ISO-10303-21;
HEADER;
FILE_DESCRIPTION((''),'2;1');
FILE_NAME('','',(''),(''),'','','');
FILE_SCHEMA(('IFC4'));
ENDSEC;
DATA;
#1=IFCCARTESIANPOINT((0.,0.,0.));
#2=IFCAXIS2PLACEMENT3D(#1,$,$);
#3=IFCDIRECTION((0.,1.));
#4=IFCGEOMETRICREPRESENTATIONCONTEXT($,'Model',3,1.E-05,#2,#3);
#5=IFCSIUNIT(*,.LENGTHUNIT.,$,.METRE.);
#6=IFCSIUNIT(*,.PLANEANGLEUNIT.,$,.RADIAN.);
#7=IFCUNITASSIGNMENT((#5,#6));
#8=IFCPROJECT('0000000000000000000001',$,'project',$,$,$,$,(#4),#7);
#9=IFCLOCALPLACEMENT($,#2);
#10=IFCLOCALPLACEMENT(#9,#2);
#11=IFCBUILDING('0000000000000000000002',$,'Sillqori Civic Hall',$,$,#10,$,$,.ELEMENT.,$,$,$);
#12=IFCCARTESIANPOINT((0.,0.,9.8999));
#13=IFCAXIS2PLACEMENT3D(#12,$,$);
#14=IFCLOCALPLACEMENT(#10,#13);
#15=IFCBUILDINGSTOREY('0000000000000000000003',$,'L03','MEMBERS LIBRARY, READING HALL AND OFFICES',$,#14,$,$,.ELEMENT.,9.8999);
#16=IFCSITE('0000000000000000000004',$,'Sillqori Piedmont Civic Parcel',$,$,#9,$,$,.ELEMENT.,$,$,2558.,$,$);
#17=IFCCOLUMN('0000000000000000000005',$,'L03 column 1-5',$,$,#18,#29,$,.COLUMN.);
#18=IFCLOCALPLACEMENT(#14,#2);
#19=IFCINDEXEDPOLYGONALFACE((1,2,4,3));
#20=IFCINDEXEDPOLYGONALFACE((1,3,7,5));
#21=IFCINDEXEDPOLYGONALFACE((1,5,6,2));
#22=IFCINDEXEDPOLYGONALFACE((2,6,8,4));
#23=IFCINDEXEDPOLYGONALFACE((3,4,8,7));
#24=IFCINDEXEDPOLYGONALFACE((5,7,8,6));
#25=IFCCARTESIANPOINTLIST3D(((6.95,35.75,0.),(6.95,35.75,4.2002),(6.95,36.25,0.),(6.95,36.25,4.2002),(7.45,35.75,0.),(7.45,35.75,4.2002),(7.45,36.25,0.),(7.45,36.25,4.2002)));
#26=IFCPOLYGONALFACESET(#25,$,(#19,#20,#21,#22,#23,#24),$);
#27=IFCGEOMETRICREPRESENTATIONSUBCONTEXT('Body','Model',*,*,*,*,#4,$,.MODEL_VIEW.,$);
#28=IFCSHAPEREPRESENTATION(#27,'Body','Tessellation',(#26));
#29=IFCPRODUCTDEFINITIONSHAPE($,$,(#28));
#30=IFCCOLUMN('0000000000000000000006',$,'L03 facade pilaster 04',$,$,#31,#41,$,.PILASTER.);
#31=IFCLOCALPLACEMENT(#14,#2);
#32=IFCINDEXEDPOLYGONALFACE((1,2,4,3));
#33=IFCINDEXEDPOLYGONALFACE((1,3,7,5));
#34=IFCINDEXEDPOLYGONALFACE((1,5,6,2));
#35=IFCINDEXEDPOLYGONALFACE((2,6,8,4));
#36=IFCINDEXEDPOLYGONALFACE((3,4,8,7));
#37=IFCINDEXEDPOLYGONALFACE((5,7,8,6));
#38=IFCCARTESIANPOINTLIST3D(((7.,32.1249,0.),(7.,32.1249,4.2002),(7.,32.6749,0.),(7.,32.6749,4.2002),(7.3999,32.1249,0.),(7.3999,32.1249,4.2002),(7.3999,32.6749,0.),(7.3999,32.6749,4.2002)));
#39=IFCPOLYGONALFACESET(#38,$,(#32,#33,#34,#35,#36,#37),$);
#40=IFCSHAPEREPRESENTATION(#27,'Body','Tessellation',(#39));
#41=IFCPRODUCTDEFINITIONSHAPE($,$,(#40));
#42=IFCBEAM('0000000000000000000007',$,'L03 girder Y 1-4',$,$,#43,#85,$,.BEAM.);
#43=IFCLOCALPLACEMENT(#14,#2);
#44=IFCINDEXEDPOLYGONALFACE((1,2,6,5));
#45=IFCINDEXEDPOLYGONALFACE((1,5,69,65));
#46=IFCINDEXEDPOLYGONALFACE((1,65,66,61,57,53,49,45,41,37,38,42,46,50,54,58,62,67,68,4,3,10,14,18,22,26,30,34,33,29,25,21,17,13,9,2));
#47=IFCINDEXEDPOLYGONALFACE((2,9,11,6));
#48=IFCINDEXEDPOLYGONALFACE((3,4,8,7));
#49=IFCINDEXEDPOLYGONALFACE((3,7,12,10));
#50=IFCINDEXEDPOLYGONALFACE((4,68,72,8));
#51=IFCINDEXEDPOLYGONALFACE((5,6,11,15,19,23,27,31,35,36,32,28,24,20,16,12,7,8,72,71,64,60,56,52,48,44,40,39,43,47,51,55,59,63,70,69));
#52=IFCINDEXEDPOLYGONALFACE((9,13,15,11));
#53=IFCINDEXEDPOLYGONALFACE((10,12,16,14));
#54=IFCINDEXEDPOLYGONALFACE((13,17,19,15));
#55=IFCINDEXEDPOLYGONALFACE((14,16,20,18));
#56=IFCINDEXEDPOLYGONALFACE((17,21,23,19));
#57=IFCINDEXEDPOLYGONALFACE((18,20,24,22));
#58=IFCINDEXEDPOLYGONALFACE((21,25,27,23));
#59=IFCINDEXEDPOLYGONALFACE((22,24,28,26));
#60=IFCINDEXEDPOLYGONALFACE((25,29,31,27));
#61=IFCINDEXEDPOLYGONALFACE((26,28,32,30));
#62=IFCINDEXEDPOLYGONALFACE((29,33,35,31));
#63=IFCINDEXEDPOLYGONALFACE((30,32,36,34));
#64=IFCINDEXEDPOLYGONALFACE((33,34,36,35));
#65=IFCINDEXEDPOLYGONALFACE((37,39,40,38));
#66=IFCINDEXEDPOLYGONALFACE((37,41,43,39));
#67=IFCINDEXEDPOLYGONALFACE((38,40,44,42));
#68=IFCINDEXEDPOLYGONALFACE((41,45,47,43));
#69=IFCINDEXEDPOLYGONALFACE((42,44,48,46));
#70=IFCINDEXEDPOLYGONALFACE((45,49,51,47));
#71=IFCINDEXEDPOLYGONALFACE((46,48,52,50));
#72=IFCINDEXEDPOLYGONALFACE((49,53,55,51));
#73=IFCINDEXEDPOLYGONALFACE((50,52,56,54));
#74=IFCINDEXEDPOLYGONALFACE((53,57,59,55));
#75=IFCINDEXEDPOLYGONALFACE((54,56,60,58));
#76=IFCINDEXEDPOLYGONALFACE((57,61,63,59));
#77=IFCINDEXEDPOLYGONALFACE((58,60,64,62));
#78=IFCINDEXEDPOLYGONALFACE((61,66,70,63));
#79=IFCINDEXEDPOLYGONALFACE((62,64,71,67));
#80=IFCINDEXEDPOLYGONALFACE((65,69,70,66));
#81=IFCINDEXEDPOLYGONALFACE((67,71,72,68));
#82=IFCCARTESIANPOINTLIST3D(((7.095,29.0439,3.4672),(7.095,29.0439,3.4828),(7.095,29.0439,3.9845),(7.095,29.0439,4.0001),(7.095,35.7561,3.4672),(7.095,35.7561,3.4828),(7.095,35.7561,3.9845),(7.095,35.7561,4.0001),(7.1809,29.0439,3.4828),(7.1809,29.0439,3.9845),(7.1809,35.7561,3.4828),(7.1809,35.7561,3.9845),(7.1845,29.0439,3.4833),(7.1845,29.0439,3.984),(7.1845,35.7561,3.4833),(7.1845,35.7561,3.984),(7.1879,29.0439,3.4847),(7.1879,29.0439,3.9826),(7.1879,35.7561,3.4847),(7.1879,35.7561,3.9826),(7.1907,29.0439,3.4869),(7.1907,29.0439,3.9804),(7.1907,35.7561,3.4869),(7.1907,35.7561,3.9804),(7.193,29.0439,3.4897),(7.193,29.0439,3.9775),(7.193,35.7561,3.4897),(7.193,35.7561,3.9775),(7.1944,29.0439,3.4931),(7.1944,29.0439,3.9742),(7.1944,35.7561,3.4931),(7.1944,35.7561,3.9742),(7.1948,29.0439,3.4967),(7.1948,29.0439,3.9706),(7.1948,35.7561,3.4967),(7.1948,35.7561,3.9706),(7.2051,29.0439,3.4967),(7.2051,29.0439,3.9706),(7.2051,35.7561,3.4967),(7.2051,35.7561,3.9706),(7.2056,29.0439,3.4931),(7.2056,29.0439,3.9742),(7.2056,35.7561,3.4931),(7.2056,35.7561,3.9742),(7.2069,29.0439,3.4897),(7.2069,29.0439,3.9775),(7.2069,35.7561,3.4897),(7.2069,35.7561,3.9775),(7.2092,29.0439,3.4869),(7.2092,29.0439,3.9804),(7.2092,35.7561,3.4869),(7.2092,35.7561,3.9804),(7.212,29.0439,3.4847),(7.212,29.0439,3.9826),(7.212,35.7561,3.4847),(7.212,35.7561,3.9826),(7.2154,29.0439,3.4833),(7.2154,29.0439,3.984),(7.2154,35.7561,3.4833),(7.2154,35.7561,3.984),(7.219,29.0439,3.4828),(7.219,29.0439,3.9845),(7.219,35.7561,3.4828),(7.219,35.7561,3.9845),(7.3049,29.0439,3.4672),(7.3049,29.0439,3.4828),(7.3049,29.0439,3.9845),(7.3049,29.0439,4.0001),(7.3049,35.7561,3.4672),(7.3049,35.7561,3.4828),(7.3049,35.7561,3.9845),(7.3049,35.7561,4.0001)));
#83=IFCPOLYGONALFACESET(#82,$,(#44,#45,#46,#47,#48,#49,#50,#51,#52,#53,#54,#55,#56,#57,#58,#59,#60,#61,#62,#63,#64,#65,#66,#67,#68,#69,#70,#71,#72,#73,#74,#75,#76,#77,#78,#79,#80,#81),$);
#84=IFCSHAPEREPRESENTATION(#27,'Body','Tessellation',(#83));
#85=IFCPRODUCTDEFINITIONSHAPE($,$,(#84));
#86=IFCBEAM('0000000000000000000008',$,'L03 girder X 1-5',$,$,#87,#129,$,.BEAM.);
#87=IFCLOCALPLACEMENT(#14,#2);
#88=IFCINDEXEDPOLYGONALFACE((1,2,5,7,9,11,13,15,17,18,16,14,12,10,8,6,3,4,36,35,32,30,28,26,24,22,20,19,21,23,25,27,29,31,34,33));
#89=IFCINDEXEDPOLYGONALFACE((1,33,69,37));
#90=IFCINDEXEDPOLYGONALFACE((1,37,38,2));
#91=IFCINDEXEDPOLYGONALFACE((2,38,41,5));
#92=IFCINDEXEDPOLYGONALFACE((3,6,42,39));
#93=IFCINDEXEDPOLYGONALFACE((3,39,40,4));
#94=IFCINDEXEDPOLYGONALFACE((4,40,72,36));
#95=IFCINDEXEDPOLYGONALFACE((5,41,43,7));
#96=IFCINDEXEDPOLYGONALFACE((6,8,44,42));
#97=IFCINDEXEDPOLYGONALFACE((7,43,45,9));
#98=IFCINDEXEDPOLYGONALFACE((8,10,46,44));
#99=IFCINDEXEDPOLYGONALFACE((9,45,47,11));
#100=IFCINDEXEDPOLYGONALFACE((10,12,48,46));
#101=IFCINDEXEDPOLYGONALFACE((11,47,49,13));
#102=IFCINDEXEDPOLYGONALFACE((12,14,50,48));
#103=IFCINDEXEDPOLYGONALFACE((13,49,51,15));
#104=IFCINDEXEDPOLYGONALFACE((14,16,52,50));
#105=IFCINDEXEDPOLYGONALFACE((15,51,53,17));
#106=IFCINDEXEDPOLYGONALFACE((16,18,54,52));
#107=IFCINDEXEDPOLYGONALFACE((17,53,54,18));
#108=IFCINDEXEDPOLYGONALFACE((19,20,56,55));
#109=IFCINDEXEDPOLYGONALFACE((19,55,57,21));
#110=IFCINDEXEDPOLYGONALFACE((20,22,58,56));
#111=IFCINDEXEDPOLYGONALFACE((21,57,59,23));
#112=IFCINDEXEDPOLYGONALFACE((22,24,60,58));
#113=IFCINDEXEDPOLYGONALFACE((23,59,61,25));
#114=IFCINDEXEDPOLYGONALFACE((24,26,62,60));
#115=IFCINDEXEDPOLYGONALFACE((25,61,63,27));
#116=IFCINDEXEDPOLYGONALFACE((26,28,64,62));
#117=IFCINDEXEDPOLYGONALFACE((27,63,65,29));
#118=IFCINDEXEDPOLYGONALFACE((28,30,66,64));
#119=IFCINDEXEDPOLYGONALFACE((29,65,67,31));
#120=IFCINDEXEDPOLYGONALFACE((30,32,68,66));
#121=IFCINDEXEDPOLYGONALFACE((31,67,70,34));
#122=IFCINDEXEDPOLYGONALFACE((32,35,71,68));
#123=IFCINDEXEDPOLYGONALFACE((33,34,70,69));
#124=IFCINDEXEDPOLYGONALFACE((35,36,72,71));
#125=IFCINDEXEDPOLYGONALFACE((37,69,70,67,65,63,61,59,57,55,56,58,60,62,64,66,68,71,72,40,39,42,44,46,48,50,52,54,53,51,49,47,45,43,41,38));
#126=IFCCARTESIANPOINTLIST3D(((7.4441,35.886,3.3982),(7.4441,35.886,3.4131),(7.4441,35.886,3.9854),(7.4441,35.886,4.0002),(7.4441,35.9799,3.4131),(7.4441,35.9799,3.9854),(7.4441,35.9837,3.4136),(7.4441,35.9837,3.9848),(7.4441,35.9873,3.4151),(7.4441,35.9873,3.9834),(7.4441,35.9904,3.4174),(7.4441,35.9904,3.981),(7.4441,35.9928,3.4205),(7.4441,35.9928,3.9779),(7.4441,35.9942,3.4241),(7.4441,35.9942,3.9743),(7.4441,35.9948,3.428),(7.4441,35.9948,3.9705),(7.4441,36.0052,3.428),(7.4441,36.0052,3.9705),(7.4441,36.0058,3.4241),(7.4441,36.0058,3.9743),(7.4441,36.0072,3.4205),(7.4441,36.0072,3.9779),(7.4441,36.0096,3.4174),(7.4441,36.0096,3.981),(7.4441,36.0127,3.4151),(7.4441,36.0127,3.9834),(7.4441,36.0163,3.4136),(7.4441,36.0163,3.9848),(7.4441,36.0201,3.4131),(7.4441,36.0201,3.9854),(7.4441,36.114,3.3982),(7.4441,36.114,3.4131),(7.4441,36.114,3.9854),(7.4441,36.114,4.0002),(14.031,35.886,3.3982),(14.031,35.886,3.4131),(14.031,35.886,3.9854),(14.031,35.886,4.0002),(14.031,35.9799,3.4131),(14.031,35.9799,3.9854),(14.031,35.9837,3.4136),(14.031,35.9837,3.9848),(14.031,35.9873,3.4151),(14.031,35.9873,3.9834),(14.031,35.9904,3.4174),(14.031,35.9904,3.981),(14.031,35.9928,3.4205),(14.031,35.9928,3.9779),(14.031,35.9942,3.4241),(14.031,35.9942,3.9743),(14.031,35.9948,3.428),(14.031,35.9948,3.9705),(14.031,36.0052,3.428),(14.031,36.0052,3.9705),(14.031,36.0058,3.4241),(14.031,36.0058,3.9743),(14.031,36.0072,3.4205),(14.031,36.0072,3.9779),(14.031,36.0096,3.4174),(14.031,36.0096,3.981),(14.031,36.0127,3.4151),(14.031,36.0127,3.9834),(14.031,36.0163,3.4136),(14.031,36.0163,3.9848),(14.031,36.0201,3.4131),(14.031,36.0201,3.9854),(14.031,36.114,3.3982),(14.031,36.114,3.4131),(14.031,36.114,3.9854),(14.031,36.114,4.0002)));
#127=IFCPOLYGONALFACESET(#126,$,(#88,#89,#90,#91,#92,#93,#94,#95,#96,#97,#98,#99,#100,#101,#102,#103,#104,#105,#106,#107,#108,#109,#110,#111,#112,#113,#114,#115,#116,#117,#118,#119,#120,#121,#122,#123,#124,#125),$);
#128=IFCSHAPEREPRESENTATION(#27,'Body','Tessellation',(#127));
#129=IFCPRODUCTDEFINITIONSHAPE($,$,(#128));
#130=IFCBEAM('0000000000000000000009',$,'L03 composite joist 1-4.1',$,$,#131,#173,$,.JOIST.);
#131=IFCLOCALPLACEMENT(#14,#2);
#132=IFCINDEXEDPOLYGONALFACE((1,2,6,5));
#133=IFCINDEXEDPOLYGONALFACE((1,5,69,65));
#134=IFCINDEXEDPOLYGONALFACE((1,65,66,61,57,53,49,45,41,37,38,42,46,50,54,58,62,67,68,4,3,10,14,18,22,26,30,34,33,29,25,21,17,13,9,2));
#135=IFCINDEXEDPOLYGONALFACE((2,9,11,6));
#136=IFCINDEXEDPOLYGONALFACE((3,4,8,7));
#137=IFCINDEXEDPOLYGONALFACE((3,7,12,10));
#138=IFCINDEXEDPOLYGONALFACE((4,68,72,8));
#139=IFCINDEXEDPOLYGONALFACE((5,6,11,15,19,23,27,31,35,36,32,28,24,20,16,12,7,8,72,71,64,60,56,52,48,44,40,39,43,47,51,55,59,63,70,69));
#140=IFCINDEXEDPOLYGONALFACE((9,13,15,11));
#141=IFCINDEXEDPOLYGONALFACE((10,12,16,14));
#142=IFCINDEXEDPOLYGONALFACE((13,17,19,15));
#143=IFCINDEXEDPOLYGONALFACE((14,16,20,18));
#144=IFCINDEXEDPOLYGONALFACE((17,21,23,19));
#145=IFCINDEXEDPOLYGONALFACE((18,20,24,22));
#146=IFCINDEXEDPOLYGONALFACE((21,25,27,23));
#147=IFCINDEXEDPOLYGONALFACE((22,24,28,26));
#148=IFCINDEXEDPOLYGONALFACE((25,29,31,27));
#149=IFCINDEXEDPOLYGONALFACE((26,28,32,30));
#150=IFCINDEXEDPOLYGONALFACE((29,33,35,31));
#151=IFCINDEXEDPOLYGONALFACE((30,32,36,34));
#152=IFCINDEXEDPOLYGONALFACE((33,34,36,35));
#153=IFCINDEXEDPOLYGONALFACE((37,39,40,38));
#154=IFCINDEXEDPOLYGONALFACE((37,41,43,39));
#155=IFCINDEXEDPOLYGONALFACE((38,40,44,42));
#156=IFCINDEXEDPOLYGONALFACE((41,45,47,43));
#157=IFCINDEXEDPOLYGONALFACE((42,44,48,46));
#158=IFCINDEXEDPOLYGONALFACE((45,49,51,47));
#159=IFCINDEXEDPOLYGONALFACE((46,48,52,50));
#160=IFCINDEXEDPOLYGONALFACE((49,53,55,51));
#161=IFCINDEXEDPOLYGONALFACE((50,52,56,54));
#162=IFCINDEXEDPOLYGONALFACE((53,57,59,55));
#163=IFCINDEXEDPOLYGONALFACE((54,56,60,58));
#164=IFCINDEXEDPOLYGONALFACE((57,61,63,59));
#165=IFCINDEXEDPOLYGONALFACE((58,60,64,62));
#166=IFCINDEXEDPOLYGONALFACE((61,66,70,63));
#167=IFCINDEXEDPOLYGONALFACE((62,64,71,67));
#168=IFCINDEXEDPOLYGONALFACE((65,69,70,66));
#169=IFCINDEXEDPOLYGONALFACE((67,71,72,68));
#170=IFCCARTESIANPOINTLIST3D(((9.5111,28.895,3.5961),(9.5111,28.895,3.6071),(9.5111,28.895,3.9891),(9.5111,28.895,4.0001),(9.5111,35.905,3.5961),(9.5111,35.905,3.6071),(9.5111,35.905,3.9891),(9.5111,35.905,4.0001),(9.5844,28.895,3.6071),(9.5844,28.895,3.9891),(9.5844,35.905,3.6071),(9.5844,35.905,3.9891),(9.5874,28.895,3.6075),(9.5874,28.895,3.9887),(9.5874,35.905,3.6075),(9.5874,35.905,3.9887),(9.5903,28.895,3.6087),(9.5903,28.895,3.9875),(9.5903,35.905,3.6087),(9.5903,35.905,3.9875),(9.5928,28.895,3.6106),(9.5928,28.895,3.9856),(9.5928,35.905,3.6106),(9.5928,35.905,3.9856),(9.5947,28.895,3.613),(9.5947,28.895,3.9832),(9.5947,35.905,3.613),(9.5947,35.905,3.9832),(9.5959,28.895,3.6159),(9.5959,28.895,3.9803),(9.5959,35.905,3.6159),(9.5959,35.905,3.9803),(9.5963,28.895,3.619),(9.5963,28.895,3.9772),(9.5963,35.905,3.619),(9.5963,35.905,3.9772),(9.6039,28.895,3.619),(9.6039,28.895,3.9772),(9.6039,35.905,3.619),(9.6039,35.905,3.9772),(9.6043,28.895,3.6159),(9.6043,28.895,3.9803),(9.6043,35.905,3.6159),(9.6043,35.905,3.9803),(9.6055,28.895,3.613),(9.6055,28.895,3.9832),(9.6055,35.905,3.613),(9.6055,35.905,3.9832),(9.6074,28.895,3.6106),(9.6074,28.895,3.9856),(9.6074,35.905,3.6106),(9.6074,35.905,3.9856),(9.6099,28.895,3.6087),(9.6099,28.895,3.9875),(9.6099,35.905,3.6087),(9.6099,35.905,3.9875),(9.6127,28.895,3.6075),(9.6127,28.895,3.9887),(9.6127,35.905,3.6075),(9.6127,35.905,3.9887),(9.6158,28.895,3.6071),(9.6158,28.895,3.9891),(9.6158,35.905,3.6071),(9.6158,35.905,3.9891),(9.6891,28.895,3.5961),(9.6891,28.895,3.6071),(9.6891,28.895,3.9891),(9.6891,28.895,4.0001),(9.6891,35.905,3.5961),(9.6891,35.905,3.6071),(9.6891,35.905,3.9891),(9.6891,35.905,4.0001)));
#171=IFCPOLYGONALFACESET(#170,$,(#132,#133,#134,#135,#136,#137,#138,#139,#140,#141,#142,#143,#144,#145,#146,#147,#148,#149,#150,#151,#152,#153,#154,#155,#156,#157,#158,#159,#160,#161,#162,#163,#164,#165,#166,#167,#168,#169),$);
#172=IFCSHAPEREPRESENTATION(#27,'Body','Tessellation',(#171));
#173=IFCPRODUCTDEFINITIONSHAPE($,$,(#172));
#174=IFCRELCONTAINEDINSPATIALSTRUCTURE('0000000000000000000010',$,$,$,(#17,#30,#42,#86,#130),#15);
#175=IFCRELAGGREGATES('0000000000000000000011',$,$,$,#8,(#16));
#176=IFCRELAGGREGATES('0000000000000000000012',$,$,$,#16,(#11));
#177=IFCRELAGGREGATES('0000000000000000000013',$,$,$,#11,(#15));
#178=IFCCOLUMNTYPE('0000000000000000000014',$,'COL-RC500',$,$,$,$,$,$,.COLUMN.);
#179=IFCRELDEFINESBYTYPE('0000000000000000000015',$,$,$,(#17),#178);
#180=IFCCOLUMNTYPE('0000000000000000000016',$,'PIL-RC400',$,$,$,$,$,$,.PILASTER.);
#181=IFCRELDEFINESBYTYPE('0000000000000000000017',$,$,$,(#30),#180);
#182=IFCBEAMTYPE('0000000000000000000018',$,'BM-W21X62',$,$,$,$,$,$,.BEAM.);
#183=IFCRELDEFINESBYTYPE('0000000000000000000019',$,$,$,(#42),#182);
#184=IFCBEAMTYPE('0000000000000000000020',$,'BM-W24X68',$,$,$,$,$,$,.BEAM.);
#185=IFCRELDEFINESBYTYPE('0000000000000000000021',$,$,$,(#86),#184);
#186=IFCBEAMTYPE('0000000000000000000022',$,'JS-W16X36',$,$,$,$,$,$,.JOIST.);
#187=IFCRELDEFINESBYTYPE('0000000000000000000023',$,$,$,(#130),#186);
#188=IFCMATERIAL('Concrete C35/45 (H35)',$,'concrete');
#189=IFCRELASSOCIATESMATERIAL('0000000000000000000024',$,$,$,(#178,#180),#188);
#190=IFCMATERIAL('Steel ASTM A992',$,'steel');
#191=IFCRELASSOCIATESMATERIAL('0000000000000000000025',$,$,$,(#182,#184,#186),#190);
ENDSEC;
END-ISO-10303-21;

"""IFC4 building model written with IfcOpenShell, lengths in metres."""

from ifc_helpers import new_model, si_unit, direction, frame, origin, origin_2d, place, context, subcontext, project, spatial, rectangle, i_section, extrude, material, material_profile, profile_set, type_object, element, save


model = new_model("IFC4")

# Units and contexts
model_context = context("Model", 3, precision=1e-05, world=origin(), true_north=direction((0.0, 1.0)))
body_context = subcontext(model_context, "Body", "Model", "MODEL_VIEW")
ifc_project = project(units=[si_unit("LENGTHUNIT", "METRE"), si_unit("PLANEANGLEUNIT", "RADIAN")], contexts=[model_context])

# Site, building, storey
site_placement = place(None, origin())
site = spatial("IfcSite", under=ifc_project, at=site_placement, Name="Sillqori Piedmont Civic Parcel", CompositionType="ELEMENT", RefElevation=2558.0)
building_placement = place(site_placement, origin())
building = spatial("IfcBuilding", under=site, at=building_placement, Name="Sillqori Civic Hall", CompositionType="ELEMENT")
storey_placement = place(building_placement, frame((0.0, 0.0, 9.8999)))
storey = spatial("IfcBuildingStorey", under=building, at=storey_placement, Name="L03", Description="MEMBERS LIBRARY, READING HALL AND OFFICES", CompositionType="ELEMENT", Elevation=9.8999)

# Columns
ifc_material_1 = material(Name="Concrete C35/45 (H35)", Category="concrete")
ifc_material_profile_1 = material_profile(ifc_material_1, rectangle(XDim=0.5, YDim=0.5, at=origin_2d()), Name="RC 500x500")
ifc_profile_set_1 = profile_set([ifc_material_profile_1], Name="Concrete C35/45 (H35)")
column_type_1 = type_object("IfcColumnType", Name="COL-RC500", PredefinedType="COLUMN", material=ifc_profile_set_1)
column_1_placement = place(storey_placement, frame((7.2, 36.0, 0.0), z_axis=(0.0, 0.0, 1.0), x_axis=(1.0, 0.0, 0.0)))
element("IfcColumn", 1, at=column_1_placement, inside=storey, type_object=column_type_1, Name="L03 column 1-5", PredefinedType="COLUMN", context=body_context, shape_type="SweptSolid", body=[
    extrude(rectangle(XDim=0.5, YDim=0.5, at=origin_2d()), origin(), (0.0, 0.0, 1.0), 4.2002),
])
ifc_material_profile_2 = material_profile(ifc_material_1, rectangle(XDim=0.3999, YDim=0.55, at=origin_2d()), Name="RC 400x550")
ifc_profile_set_2 = profile_set([ifc_material_profile_2], Name="Concrete C35/45 (H35)")
column_type_2 = type_object("IfcColumnType", Name="PIL-RC400", PredefinedType="PILASTER", material=ifc_profile_set_2)
column_2_placement = place(storey_placement, frame((7.2, 32.3999, 0.0), z_axis=(0.0, 0.0, 1.0), x_axis=(1.0, 0.0, 0.0)))
element("IfcColumn", 2, at=column_2_placement, inside=storey, type_object=column_type_2, Name="L03 facade pilaster 04", PredefinedType="PILASTER", context=body_context, shape_type="SweptSolid", body=[
    extrude(rectangle(XDim=0.3999, YDim=0.55, at=origin_2d()), origin(), (0.0, 0.0, 1.0), 4.2002),
])

# Beams
ifc_material_2 = material(Name="Steel ASTM A992", Category="steel")
ifc_material_profile_3 = material_profile(ifc_material_2, i_section(OverallWidth=0.21, OverallDepth=0.533, WebThickness=0.0103, FlangeThickness=0.0156, FilletRadius=0.0139, at=origin_2d()), Name="W21X62")
ifc_profile_set_3 = profile_set([ifc_material_profile_3], Name="Steel ASTM A992")
beam_type_1 = type_object("IfcBeamType", Name="BM-W21X62", PredefinedType="BEAM", material=ifc_profile_set_3)
beam_1_placement = place(storey_placement, frame((7.2, 29.0439, 3.7336), z_axis=(0.0, 1.0, 0.0), x_axis=(-1.0, 0.0, 0.0)))
element("IfcBeam", 3, at=beam_1_placement, inside=storey, type_object=beam_type_1, Name="L03 girder Y 1-4", PredefinedType="BEAM", context=body_context, shape_type="SweptSolid", body=[
    extrude(i_section(OverallWidth=0.21, OverallDepth=0.533, WebThickness=0.0103, FlangeThickness=0.0156, FilletRadius=0.0139, at=origin_2d()), origin(), (0.0, 0.0, 1.0), 6.7122),
])
ifc_material_profile_4 = material_profile(ifc_material_2, i_section(OverallWidth=0.228, OverallDepth=0.6021, WebThickness=0.0105, FlangeThickness=0.0149, FilletRadius=0.0149, at=origin_2d()), Name="W24X68")
ifc_profile_set_4 = profile_set([ifc_material_profile_4], Name="Steel ASTM A992")
beam_type_2 = type_object("IfcBeamType", Name="BM-W24X68", PredefinedType="BEAM", material=ifc_profile_set_4)
beam_2_placement = place(storey_placement, frame((7.4441, 36.0, 3.6992), z_axis=(1.0, 0.0, 0.0), x_axis=(0.0, 1.0, 0.0)))
element("IfcBeam", 4, at=beam_2_placement, inside=storey, type_object=beam_type_2, Name="L03 girder X 1-5", PredefinedType="BEAM", context=body_context, shape_type="SweptSolid", body=[
    extrude(i_section(OverallWidth=0.228, OverallDepth=0.6021, WebThickness=0.0105, FlangeThickness=0.0149, FilletRadius=0.0149, at=origin_2d()), origin(), (0.0, 0.0, 1.0), 6.5869),
])
ifc_material_profile_5 = material_profile(ifc_material_2, i_section(OverallWidth=0.178, OverallDepth=0.4041, WebThickness=0.0076, FlangeThickness=0.011, FilletRadius=0.012, at=origin_2d()), Name="W16X36")
ifc_profile_set_5 = profile_set([ifc_material_profile_5], Name="Steel ASTM A992")
beam_type_3 = type_object("IfcBeamType", Name="JS-W16X36", PredefinedType="JOIST", material=ifc_profile_set_5)
for number, where, z_axis, x_axis, name in (
    (5, (9.6001, 28.895, 3.7981), (0.0, 1.0, 0.0), (-1.0, 0.0, 0.0), "L03 composite joist 1-4.1"),
):
    element("IfcBeam", number, at=place(storey_placement, frame(where, z_axis=z_axis, x_axis=x_axis)), inside=storey, type_object=beam_type_3, Name=name, PredefinedType="JOIST", context=body_context, shape_type="SweptSolid", body=[
        extrude(i_section(OverallWidth=0.178, OverallDepth=0.4041, WebThickness=0.0076, FlangeThickness=0.011, FilletRadius=0.012, at=origin_2d()), origin(), (0.0, 0.0, 1.0), 7.01),
    ])

save(model, "model.ifc")
